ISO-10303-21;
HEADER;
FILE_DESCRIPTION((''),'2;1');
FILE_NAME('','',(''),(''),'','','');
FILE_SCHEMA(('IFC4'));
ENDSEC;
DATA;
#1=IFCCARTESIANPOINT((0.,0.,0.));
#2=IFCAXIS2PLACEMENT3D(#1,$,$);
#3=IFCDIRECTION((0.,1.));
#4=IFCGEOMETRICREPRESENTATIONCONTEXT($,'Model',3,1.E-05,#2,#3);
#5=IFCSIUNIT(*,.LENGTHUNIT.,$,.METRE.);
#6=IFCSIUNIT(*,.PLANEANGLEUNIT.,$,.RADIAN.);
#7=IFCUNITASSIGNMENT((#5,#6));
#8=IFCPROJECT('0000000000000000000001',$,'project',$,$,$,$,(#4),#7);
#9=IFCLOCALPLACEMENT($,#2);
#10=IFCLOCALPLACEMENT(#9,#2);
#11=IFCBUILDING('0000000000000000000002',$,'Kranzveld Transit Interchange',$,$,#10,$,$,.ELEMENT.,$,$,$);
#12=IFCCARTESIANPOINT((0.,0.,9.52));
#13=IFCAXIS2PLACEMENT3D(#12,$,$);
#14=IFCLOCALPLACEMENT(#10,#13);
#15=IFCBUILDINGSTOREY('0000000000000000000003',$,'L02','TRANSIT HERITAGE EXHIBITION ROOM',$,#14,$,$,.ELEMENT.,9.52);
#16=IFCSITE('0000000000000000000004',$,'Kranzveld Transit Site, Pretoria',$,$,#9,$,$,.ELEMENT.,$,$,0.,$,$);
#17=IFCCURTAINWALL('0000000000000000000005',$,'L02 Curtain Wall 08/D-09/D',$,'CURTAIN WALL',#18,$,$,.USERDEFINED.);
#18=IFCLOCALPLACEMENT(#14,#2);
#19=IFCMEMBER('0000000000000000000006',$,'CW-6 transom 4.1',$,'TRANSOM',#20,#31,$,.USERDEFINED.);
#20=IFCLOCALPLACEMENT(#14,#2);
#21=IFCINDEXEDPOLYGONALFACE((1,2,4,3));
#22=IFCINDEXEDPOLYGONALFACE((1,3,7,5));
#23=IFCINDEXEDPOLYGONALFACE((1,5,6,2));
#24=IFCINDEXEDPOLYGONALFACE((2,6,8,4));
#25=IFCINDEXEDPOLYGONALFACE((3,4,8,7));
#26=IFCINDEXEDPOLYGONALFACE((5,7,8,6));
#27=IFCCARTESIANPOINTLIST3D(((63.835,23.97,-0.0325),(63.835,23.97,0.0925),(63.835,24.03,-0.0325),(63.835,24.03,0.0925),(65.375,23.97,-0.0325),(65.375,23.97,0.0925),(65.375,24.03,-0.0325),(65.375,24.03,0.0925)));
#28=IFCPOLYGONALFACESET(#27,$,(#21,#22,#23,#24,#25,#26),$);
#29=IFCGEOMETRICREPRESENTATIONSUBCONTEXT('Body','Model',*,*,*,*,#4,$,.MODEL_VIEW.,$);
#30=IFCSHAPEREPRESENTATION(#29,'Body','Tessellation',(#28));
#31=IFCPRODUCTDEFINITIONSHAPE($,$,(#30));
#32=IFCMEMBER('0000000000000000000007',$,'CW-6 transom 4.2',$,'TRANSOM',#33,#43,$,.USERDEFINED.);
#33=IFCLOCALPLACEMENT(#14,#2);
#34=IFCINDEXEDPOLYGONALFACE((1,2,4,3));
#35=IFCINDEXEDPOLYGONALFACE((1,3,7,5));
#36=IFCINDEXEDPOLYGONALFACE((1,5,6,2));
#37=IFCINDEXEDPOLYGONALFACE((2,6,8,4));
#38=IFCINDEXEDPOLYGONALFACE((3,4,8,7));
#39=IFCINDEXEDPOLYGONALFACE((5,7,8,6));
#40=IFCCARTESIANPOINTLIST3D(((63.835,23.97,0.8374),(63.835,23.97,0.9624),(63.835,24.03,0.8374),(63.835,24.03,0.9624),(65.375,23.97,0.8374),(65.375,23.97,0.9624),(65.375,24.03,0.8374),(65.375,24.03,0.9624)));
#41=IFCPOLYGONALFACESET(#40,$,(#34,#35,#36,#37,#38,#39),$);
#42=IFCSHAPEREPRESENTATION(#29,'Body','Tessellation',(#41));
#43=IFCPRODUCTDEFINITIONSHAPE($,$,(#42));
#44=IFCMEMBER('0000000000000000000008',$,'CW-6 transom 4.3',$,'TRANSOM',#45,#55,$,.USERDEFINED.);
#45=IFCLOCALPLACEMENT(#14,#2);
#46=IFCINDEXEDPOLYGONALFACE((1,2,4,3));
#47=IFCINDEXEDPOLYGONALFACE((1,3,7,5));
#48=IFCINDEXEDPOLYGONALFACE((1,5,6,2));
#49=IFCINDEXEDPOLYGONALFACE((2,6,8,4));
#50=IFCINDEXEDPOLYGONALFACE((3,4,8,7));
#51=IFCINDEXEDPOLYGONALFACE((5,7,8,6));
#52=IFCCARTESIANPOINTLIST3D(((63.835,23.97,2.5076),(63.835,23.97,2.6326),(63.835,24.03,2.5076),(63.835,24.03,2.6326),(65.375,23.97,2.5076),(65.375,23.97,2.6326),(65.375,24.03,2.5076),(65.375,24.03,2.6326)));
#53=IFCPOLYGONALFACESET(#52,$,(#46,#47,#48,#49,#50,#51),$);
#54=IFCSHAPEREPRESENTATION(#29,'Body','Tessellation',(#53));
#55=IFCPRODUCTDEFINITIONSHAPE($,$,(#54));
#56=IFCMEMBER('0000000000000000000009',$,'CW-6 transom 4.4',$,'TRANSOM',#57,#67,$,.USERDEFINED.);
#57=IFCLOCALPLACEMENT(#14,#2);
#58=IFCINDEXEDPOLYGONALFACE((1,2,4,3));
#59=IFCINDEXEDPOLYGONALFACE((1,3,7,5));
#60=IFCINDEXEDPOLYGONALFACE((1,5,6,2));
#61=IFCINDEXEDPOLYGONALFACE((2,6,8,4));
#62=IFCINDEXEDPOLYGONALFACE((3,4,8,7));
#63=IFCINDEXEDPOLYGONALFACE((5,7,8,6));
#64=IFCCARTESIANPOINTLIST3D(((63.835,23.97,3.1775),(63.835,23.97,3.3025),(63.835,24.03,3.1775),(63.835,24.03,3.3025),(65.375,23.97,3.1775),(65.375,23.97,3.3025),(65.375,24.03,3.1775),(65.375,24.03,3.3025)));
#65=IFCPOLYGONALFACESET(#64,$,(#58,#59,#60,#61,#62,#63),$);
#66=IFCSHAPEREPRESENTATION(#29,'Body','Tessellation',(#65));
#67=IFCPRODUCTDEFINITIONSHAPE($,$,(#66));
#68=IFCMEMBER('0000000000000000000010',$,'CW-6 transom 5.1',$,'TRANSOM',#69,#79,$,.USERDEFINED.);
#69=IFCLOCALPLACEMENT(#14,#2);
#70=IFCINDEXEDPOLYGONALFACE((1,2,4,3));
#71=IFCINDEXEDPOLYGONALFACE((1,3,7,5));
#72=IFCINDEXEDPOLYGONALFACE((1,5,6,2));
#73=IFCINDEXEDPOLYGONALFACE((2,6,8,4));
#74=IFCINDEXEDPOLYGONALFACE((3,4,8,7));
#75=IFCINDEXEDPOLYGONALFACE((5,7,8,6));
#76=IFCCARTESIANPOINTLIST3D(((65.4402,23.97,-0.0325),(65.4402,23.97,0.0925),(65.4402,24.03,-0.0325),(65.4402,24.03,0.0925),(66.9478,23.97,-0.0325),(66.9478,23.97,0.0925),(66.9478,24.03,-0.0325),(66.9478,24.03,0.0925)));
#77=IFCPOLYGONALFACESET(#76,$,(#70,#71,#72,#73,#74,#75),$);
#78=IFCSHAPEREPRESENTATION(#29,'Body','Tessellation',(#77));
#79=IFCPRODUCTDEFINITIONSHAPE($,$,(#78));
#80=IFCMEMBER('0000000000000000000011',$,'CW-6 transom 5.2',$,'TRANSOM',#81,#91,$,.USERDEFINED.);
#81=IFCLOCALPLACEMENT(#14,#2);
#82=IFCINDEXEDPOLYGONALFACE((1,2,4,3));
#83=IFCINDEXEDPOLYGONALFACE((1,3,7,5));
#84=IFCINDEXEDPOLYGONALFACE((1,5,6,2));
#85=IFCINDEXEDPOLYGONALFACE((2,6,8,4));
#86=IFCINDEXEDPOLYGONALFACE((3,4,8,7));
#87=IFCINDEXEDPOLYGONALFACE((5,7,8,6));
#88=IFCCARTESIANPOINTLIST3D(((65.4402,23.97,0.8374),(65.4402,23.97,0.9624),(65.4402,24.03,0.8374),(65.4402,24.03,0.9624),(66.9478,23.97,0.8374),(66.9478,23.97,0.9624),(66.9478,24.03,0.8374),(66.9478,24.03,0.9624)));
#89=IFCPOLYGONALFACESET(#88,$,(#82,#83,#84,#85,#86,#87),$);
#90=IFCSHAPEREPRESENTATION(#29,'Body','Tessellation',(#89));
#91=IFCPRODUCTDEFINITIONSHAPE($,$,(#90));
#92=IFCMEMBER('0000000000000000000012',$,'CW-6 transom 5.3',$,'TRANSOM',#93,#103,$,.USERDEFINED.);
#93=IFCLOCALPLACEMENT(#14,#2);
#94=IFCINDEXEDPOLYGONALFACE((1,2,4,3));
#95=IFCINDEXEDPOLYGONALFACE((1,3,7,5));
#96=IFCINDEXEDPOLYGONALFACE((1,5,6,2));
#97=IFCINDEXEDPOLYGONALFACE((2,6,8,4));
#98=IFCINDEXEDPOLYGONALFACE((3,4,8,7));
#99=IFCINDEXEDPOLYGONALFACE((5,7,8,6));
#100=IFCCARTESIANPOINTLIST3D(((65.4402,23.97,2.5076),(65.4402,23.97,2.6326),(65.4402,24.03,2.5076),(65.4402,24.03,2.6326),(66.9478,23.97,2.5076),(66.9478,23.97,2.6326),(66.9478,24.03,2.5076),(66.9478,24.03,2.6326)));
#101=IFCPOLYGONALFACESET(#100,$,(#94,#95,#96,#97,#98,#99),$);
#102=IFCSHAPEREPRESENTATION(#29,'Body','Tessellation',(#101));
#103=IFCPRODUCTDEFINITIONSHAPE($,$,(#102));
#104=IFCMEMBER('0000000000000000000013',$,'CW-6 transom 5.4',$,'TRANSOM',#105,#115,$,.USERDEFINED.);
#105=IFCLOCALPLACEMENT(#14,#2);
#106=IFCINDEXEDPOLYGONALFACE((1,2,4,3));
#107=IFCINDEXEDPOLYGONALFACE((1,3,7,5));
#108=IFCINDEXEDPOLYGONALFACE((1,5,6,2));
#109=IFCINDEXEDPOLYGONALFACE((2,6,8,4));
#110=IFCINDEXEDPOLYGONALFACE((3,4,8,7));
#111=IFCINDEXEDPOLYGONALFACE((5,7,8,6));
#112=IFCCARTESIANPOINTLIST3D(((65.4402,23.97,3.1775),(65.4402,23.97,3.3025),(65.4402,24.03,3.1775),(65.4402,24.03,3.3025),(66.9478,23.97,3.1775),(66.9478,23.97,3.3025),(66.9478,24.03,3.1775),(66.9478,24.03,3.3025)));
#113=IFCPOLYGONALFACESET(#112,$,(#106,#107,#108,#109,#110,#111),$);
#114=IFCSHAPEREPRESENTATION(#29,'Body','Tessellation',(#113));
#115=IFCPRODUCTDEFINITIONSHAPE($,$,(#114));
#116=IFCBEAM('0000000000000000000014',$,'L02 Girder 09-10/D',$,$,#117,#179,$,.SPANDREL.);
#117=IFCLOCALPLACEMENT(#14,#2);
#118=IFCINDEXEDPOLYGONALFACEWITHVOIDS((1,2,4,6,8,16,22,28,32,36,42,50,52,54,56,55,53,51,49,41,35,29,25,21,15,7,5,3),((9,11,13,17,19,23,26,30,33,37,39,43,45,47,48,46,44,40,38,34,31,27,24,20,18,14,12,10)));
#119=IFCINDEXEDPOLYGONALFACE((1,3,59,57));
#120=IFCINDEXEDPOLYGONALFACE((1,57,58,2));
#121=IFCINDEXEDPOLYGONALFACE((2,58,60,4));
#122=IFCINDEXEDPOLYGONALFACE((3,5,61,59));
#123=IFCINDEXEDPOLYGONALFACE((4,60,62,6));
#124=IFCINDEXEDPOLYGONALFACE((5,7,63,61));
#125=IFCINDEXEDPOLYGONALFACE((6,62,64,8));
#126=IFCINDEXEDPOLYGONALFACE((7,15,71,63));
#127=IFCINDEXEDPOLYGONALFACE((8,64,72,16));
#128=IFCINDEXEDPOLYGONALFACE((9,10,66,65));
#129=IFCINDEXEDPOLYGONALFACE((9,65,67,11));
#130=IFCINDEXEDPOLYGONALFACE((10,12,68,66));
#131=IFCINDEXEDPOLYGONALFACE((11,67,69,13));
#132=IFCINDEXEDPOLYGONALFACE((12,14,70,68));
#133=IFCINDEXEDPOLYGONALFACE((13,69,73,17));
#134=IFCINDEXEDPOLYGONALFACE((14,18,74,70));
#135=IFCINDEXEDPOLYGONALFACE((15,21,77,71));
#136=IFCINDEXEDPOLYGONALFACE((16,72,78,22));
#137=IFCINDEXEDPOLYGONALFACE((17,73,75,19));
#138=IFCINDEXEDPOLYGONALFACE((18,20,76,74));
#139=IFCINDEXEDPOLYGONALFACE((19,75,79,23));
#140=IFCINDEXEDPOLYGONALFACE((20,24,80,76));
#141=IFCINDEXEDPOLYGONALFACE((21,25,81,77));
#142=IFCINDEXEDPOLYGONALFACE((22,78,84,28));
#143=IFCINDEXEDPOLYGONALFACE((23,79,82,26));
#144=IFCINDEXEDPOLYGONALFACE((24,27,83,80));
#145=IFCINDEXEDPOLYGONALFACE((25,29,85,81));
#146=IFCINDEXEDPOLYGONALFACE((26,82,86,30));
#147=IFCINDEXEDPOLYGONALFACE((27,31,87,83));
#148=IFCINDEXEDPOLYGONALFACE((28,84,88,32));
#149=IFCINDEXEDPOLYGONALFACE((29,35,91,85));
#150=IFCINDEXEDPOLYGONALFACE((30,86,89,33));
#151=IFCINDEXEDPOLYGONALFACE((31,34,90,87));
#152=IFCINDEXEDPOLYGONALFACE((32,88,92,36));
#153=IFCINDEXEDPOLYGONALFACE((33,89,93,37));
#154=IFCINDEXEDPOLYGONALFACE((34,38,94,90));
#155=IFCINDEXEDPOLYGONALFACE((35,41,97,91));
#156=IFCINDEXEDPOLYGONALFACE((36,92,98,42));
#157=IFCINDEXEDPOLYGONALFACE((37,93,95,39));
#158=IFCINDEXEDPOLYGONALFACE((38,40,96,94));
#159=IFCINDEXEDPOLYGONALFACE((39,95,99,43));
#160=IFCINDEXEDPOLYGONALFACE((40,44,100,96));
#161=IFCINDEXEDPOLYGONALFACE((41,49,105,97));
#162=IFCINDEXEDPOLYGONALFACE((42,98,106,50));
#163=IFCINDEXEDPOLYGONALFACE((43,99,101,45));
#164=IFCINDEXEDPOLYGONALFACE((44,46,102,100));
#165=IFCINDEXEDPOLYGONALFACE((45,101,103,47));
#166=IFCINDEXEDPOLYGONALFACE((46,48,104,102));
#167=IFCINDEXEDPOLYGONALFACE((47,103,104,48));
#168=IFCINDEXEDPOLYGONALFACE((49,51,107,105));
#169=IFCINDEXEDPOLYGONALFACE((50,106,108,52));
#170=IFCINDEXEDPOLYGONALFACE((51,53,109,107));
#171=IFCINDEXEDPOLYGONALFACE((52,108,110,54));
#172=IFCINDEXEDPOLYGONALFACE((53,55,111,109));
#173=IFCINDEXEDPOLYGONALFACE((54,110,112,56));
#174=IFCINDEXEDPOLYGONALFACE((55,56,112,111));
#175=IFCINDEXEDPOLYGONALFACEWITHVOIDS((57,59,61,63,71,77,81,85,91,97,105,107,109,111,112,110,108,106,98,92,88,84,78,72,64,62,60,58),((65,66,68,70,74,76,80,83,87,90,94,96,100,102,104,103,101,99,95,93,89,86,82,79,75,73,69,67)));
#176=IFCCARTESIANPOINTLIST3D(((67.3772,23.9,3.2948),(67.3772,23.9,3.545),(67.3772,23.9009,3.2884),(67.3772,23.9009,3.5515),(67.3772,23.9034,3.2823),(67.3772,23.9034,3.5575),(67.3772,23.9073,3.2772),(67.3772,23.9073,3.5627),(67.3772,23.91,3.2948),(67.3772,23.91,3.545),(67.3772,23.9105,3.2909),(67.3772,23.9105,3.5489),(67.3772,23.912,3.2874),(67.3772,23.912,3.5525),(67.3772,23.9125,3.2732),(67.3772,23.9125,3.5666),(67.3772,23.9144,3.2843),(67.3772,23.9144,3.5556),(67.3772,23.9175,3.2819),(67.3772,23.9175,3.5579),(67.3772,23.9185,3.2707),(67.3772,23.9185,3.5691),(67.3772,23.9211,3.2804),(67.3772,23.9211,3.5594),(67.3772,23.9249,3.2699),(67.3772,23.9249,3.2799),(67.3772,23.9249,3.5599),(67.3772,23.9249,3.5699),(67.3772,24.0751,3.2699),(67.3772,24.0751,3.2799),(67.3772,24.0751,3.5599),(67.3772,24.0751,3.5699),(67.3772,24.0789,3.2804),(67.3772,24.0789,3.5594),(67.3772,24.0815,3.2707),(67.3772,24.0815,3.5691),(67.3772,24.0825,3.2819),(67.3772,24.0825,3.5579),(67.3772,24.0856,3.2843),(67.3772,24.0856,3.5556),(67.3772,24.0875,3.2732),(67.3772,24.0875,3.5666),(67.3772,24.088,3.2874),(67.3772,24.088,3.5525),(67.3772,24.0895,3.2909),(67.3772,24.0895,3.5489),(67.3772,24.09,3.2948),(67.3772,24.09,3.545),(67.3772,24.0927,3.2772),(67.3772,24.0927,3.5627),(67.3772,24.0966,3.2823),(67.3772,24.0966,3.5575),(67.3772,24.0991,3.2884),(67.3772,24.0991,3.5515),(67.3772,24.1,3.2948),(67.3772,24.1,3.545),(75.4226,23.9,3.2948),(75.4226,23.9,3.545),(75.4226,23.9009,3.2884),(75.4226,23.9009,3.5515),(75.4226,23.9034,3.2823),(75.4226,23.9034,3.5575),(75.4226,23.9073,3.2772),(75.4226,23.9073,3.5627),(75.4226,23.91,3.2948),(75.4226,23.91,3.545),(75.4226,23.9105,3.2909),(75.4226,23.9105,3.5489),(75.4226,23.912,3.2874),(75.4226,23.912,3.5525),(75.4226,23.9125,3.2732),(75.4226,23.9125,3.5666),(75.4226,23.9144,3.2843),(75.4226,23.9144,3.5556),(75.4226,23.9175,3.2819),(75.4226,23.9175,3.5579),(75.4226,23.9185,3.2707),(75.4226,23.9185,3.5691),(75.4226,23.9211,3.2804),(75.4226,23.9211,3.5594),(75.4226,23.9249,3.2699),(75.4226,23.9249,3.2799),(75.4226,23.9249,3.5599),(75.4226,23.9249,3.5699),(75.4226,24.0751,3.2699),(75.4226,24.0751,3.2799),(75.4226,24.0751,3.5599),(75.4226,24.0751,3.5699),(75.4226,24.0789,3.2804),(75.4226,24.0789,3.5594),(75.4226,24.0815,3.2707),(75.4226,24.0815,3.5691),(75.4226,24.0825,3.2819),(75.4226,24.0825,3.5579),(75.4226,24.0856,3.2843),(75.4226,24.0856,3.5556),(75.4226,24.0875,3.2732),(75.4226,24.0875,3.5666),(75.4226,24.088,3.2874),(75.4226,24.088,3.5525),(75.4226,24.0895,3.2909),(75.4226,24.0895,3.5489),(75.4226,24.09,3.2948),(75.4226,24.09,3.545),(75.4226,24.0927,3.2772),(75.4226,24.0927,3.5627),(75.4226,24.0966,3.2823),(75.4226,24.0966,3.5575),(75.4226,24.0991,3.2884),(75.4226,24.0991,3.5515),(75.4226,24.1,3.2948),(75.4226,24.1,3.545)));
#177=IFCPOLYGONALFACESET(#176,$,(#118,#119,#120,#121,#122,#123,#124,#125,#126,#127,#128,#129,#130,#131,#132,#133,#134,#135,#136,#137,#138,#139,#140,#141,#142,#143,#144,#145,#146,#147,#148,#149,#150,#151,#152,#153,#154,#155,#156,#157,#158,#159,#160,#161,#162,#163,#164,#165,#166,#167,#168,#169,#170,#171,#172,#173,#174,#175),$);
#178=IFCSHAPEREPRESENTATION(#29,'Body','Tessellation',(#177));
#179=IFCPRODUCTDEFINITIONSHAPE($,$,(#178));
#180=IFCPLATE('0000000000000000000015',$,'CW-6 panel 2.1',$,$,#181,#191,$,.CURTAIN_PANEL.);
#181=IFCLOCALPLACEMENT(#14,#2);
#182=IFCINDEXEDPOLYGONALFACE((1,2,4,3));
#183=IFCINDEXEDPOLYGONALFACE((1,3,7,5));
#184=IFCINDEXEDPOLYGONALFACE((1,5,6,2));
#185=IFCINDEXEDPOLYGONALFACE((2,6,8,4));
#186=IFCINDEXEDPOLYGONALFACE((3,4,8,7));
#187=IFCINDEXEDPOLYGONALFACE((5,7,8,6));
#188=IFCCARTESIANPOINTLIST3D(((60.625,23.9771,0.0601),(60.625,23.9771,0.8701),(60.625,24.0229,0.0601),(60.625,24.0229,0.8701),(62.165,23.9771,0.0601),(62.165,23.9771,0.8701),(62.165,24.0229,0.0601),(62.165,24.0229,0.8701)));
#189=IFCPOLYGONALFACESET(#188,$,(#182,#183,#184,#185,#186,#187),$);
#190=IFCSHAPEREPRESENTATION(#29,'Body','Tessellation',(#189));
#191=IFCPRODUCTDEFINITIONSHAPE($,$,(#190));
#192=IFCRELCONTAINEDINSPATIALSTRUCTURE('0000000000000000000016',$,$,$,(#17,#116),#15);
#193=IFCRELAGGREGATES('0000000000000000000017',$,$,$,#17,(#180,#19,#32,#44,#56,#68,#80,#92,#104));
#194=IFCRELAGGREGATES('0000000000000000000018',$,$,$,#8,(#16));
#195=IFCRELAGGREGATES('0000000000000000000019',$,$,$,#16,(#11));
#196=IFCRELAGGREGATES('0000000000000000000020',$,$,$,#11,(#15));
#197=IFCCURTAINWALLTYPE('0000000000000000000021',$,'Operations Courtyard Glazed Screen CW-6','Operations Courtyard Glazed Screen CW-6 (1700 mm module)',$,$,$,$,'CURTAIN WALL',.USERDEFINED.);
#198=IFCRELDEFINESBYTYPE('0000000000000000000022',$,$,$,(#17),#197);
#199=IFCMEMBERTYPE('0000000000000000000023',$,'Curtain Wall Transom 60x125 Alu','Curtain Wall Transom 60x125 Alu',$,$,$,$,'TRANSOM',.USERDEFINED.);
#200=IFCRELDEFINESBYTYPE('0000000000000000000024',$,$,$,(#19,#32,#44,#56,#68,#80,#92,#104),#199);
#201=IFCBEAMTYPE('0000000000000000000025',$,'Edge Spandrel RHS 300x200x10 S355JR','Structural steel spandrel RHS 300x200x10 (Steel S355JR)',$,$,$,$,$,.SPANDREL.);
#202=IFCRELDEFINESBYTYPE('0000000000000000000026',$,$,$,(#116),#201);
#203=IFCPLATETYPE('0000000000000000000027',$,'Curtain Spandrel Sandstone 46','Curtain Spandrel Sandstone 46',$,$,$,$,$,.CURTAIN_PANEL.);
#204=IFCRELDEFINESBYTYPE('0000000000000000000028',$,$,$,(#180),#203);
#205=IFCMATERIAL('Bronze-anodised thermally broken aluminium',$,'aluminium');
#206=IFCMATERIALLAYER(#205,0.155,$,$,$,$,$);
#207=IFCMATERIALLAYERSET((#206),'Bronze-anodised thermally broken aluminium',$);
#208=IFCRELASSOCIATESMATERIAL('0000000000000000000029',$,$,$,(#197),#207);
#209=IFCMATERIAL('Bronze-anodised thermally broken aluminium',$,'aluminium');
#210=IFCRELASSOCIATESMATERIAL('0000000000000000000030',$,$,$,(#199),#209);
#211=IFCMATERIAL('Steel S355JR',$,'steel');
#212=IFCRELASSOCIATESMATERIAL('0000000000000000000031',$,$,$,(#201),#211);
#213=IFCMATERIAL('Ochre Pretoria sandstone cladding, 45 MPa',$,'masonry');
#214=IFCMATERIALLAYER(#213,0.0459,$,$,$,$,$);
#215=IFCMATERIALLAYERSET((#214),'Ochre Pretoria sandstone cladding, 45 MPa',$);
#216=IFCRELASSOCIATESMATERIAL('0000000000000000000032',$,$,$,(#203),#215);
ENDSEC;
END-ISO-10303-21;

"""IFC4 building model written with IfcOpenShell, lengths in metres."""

from ifc_helpers import new_model, si_unit, direction, frame, origin, origin_2d, place, context, subcontext, project, spatial, rectangle, hollow_rectangle, extrude, material, layer, layer_set, material_profile, profile_set, type_object, element, aggregate, save


model = new_model("IFC4")

# Units and contexts
model_context = context("Model", 3, precision=1e-05, world=origin(), true_north=direction((0.0, 1.0)))
body_context = subcontext(model_context, "Body", "Model", "MODEL_VIEW")
ifc_project = project(units=[si_unit("LENGTHUNIT", "METRE"), si_unit("PLANEANGLEUNIT", "RADIAN")], contexts=[model_context])

# Site, building, storey
site_placement = place(None, origin())
site = spatial("IfcSite", under=ifc_project, at=site_placement, Name="Kranzveld Transit Site, Pretoria", CompositionType="ELEMENT", RefElevation=0.0)
building_placement = place(site_placement, origin())
building = spatial("IfcBuilding", under=site, at=building_placement, Name="Kranzveld Transit Interchange", CompositionType="ELEMENT")
storey_placement = place(building_placement, frame((0.0, 0.0, 9.52)))
storey = spatial("IfcBuildingStorey", under=building, at=storey_placement, Name="L02", Description="TRANSIT HERITAGE EXHIBITION ROOM", CompositionType="ELEMENT", Elevation=9.52)

# Curtain wall, members
ifc_material_1 = material(Name="Bronze-anodised thermally broken aluminium", Category="aluminium")
ifc_layer_1 = layer(ifc_material_1, 0.155)
ifc_layer_set_1 = layer_set([ifc_layer_1], Name="Bronze-anodised thermally broken aluminium")
curtain_wall_type = type_object("IfcCurtainWallType", Name="Operations Courtyard Glazed Screen CW-6", Description="Operations Courtyard Glazed Screen CW-6 (1700 mm module)", ElementType="CURTAIN WALL", PredefinedType="USERDEFINED", material=ifc_layer_set_1)
curtain_wall_placement = place(storey_placement, origin())
curtain_wall = element("IfcCurtainWall", 1, at=curtain_wall_placement, inside=storey, type_object=curtain_wall_type, Name="L02 Curtain Wall 08/D-09/D", ObjectType="CURTAIN WALL", PredefinedType="USERDEFINED")
ifc_material_2 = material(Name="Bronze-anodised thermally broken aluminium", Category="aluminium")
ifc_material_profile_1 = material_profile(ifc_material_2, rectangle(XDim=0.0601, YDim=0.125, at=origin_2d()), Name="ALU TRANSOM 60x125")
ifc_profile_set_1 = profile_set([ifc_material_profile_1], Name="Bronze-anodised thermally broken aluminium")
member_type_1 = type_object("IfcMemberType", Name="Curtain Wall Transom 60x125 Alu", Description="Curtain Wall Transom 60x125 Alu", ElementType="TRANSOM", PredefinedType="USERDEFINED", material=ifc_profile_set_1)
member_1_placement = place(storey_placement, frame((63.835, 24.0, 0.03), z_axis=(1.0, 0.0, 0.0), x_axis=(0.0, 1.0, 0.0)))
member_1 = element("IfcMember", 2, at=member_1_placement, type_object=member_type_1, Name="CW-6 transom 4.1", ObjectType="TRANSOM", PredefinedType="USERDEFINED", context=body_context, shape_type="SweptSolid", body=[
    extrude(rectangle(XDim=0.0601, YDim=0.125, at=origin_2d()), origin(), (0.0, 0.0, 1.0), 1.54),
])
member_2_placement = place(storey_placement, frame((63.835, 24.0, 0.8999), z_axis=(1.0, 0.0, 0.0), x_axis=(0.0, 1.0, 0.0)))
member_2 = element("IfcMember", 3, at=member_2_placement, type_object=member_type_1, Name="CW-6 transom 4.2", ObjectType="TRANSOM", PredefinedType="USERDEFINED", context=body_context, shape_type="SweptSolid", body=[
    extrude(rectangle(XDim=0.0601, YDim=0.125, at=origin_2d()), origin(), (0.0, 0.0, 1.0), 1.54),
])
member_3_placement = place(storey_placement, frame((63.835, 24.0, 2.5701), z_axis=(1.0, 0.0, 0.0), x_axis=(0.0, 1.0, 0.0)))
member_3 = element("IfcMember", 4, at=member_3_placement, type_object=member_type_1, Name="CW-6 transom 4.3", ObjectType="TRANSOM", PredefinedType="USERDEFINED", context=body_context, shape_type="SweptSolid", body=[
    extrude(rectangle(XDim=0.0601, YDim=0.125, at=origin_2d()), origin(), (0.0, 0.0, 1.0), 1.54),
])
member_4_placement = place(storey_placement, frame((63.835, 24.0, 3.24), z_axis=(1.0, 0.0, 0.0), x_axis=(0.0, 1.0, 0.0)))
member_4 = element("IfcMember", 5, at=member_4_placement, type_object=member_type_1, Name="CW-6 transom 4.4", ObjectType="TRANSOM", PredefinedType="USERDEFINED", context=body_context, shape_type="SweptSolid", body=[
    extrude(rectangle(XDim=0.0601, YDim=0.125, at=origin_2d()), origin(), (0.0, 0.0, 1.0), 1.54),
])
member_5_placement = place(storey_placement, frame((65.4402, 24.0, 0.03), z_axis=(1.0, 0.0, 0.0), x_axis=(0.0, 1.0, 0.0)))
member_5 = element("IfcMember", 6, at=member_5_placement, type_object=member_type_1, Name="CW-6 transom 5.1", ObjectType="TRANSOM", PredefinedType="USERDEFINED", context=body_context, shape_type="SweptSolid", body=[
    extrude(rectangle(XDim=0.0601, YDim=0.125, at=origin_2d()), origin(), (0.0, 0.0, 1.0), 1.5076),
])
member_6_placement = place(storey_placement, frame((65.4402, 24.0, 0.8999), z_axis=(1.0, 0.0, 0.0), x_axis=(0.0, 1.0, 0.0)))
member_6 = element("IfcMember", 7, at=member_6_placement, type_object=member_type_1, Name="CW-6 transom 5.2", ObjectType="TRANSOM", PredefinedType="USERDEFINED", context=body_context, shape_type="SweptSolid", body=[
    extrude(rectangle(XDim=0.0601, YDim=0.125, at=origin_2d()), origin(), (0.0, 0.0, 1.0), 1.5076),
])
member_7_placement = place(storey_placement, frame((65.4402, 24.0, 2.5701), z_axis=(1.0, 0.0, 0.0), x_axis=(0.0, 1.0, 0.0)))
member_7 = element("IfcMember", 8, at=member_7_placement, type_object=member_type_1, Name="CW-6 transom 5.3", ObjectType="TRANSOM", PredefinedType="USERDEFINED", context=body_context, shape_type="SweptSolid", body=[
    extrude(rectangle(XDim=0.0601, YDim=0.125, at=origin_2d()), origin(), (0.0, 0.0, 1.0), 1.5076),
])
member_8_placement = place(storey_placement, frame((65.4402, 24.0, 3.24), z_axis=(1.0, 0.0, 0.0), x_axis=(0.0, 1.0, 0.0)))
member_8 = element("IfcMember", 9, at=member_8_placement, type_object=member_type_1, Name="CW-6 transom 5.4", ObjectType="TRANSOM", PredefinedType="USERDEFINED", context=body_context, shape_type="SweptSolid", body=[
    extrude(rectangle(XDim=0.0601, YDim=0.125, at=origin_2d()), origin(), (0.0, 0.0, 1.0), 1.5076),
])

# Beam
ifc_material_3 = material(Name="Steel S355JR", Category="steel")
ifc_material_profile_2 = material_profile(ifc_material_3, hollow_rectangle(XDim=0.2, YDim=0.3, WallThickness=0.01, InnerFilletRadius=0.0149, OuterFilletRadius=0.0249, at=origin_2d()), Name="RHS 300x200x10")
ifc_profile_set_2 = profile_set([ifc_material_profile_2], Name="Steel S355JR")
beam_type = type_object("IfcBeamType", Name="Edge Spandrel RHS 300x200x10 S355JR", Description="Structural steel spandrel RHS 300x200x10 (Steel S355JR)", PredefinedType="SPANDREL", material=ifc_profile_set_2)
beam_placement = place(storey_placement, frame((67.3772, 24.0, 3.4199), z_axis=(1.0, 0.0, 0.0), x_axis=(0.0, 1.0, 0.0)))
element("IfcBeam", 10, at=beam_placement, inside=storey, type_object=beam_type, Name="L02 Girder 09-10/D", PredefinedType="SPANDREL", context=body_context, shape_type="SweptSolid", body=[
    extrude(hollow_rectangle(XDim=0.2, YDim=0.3, WallThickness=0.01, InnerFilletRadius=0.0149, OuterFilletRadius=0.0249, at=origin_2d()), origin(), (0.0, 0.0, 1.0), 8.0454),
])

# Plate
ifc_material_4 = material(Name="Ochre Pretoria sandstone cladding, 45 MPa", Category="masonry")
ifc_layer_2 = layer(ifc_material_4, 0.0459)
ifc_layer_set_2 = layer_set([ifc_layer_2], Name="Ochre Pretoria sandstone cladding, 45 MPa")
plate_type = type_object("IfcPlateType", Name="Curtain Spandrel Sandstone 46", Description="Curtain Spandrel Sandstone 46", PredefinedType="CURTAIN_PANEL", material=ifc_layer_set_2)
plate_1_placement = place(storey_placement, frame((61.395, 24.0, 0.0601), z_axis=(0.0, 0.0, 1.0), x_axis=(1.0, 0.0, 0.0)))
plate_1 = element("IfcPlate", 11, at=plate_1_placement, type_object=plate_type, Name="CW-6 panel 2.1", PredefinedType="CURTAIN_PANEL", context=body_context, shape_type="SweptSolid", body=[
    extrude(rectangle(XDim=1.54, YDim=0.0459, at=origin_2d()), origin(), (0.0, 0.0, 1.0), 0.8101),
])
aggregate(curtain_wall, [plate_1, member_1, member_2, member_3, member_4, member_5, member_6, member_7, member_8])

save(model, "model.ifc")
